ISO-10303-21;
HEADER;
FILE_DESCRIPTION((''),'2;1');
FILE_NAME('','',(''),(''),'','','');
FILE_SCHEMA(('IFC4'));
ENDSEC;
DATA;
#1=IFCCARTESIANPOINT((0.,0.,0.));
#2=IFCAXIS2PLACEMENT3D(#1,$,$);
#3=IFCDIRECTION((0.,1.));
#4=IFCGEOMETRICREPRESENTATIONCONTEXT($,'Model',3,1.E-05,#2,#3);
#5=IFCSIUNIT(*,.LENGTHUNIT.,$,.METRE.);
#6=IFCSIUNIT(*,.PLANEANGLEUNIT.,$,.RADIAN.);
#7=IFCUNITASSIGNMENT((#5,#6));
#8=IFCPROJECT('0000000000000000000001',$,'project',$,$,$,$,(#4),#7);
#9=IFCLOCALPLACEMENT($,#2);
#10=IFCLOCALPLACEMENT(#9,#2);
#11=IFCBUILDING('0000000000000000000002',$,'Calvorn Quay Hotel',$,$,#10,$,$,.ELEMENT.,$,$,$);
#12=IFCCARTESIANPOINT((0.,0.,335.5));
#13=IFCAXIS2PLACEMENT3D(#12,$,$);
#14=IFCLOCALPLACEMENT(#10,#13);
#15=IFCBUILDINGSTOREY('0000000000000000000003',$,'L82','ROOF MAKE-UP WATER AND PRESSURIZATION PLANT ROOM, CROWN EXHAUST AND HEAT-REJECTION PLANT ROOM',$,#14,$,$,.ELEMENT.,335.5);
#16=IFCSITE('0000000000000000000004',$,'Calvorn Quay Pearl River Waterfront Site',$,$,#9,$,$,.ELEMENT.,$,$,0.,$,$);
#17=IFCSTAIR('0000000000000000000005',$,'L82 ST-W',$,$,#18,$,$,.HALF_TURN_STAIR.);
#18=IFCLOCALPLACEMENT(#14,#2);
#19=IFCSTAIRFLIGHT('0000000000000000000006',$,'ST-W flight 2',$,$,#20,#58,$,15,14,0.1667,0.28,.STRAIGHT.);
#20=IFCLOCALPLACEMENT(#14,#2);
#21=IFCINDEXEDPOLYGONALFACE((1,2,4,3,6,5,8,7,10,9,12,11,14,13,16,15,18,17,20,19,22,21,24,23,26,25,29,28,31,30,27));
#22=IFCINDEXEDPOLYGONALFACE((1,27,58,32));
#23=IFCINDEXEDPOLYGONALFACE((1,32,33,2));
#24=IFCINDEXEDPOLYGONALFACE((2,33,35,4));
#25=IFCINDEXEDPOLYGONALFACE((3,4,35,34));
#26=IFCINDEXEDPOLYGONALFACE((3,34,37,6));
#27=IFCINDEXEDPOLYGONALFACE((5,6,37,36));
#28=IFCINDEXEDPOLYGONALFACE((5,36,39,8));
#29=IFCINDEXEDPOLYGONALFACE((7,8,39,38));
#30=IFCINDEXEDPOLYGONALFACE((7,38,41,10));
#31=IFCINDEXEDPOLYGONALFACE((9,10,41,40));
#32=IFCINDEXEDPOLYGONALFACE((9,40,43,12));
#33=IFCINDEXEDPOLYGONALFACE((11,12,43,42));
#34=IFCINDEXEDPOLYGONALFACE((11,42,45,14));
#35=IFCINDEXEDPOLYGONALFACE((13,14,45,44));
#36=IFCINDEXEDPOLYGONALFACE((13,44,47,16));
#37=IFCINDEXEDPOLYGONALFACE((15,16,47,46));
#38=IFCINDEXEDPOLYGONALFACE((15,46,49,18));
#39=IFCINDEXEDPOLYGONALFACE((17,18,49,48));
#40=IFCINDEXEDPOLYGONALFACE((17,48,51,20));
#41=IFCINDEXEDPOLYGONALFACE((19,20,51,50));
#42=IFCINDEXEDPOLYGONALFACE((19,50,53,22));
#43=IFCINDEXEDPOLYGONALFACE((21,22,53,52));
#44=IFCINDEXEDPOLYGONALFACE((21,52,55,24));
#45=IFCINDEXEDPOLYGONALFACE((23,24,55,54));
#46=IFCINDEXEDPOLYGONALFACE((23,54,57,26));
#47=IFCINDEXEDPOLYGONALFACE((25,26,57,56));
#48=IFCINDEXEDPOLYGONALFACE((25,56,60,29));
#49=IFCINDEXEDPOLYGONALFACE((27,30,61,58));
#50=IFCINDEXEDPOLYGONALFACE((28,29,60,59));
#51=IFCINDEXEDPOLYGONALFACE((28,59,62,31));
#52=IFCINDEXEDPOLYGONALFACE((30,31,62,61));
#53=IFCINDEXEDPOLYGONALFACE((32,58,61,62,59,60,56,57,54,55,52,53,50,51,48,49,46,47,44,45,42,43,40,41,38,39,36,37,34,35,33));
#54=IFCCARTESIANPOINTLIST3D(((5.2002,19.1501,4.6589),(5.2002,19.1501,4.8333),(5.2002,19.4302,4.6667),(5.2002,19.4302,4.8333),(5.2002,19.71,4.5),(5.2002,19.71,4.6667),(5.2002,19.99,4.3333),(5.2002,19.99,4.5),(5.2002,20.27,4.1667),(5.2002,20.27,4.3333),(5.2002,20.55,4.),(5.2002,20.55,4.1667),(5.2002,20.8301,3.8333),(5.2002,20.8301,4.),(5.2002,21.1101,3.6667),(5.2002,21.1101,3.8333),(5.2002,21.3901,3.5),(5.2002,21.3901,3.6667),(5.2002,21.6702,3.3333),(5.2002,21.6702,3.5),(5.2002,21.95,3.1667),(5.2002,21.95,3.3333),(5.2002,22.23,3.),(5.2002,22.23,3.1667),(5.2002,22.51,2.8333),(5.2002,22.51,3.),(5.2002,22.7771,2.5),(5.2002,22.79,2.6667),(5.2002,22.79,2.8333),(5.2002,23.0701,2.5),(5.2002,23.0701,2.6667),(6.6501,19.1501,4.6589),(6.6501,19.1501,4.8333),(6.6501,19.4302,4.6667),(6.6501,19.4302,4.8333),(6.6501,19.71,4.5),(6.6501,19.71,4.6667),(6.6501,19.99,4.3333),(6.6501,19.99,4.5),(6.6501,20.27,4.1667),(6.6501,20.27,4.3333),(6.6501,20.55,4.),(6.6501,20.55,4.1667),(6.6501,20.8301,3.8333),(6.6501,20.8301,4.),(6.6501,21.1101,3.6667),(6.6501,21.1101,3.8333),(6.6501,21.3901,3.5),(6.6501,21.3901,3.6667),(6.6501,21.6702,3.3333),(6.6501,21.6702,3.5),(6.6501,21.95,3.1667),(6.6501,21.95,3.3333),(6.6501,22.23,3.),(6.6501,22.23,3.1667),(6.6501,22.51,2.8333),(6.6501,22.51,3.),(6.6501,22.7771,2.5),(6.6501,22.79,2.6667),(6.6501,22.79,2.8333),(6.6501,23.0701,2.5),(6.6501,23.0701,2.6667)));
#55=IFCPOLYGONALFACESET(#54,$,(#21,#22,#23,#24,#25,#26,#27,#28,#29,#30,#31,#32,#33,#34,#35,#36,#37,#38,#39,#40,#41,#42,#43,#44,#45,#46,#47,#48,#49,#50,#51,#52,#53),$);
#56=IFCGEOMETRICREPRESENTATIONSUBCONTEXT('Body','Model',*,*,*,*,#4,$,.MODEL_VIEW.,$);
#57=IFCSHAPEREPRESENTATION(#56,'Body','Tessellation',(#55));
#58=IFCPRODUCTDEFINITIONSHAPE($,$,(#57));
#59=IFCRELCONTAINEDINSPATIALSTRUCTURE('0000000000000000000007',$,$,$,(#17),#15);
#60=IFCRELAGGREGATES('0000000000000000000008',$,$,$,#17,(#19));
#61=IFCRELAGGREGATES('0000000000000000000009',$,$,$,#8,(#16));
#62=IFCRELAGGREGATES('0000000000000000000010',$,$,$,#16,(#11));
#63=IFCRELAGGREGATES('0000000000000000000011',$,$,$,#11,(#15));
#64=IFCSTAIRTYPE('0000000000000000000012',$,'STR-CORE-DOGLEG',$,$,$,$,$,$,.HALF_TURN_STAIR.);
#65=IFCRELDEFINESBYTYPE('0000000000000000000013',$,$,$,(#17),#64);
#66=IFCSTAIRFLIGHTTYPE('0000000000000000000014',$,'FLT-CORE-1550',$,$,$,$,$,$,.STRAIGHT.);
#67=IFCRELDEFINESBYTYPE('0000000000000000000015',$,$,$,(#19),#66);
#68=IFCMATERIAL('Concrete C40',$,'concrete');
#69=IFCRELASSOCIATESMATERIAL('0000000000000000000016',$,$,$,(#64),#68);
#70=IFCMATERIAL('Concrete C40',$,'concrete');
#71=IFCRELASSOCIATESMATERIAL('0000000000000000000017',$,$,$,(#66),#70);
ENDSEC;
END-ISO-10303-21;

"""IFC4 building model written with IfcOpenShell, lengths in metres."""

from ifc_helpers import new_model, si_unit, direction, frame, origin, place, context, subcontext, project, spatial, polyline, outline, extrude, material, type_object, element, aggregate, save


model = new_model("IFC4")

# Units and contexts
model_context = context("Model", 3, precision=1e-05, world=origin(), true_north=direction((0.0, 1.0)))
body_context = subcontext(model_context, "Body", "Model", "MODEL_VIEW")
ifc_project = project(units=[si_unit("LENGTHUNIT", "METRE"), si_unit("PLANEANGLEUNIT", "RADIAN")], contexts=[model_context])

# Site, building, storey
site_placement = place(None, origin())
site = spatial("IfcSite", under=ifc_project, at=site_placement, Name="Calvorn Quay Pearl River Waterfront Site", CompositionType="ELEMENT", RefElevation=0.0)
building_placement = place(site_placement, origin())
building = spatial("IfcBuilding", under=site, at=building_placement, Name="Calvorn Quay Hotel", CompositionType="ELEMENT")
storey_placement = place(building_placement, frame((0.0, 0.0, 335.5)))
storey = spatial("IfcBuildingStorey", under=building, at=storey_placement, Name="L82", Description="ROOF MAKE-UP WATER AND PRESSURIZATION PLANT ROOM, CROWN EXHAUST AND HEAT-REJECTION PLANT ROOM", CompositionType="ELEMENT", Elevation=335.5)

# Stair, stair flight
ifc_material_1 = material(Name="Concrete C40", Category="concrete")
stair_type = type_object("IfcStairType", Name="STR-CORE-DOGLEG", PredefinedType="HALF_TURN_STAIR", material=ifc_material_1)
stair_placement = place(storey_placement, origin())
stair = element("IfcStair", 1, at=stair_placement, inside=storey, type_object=stair_type, Name="L82 ST-W", PredefinedType="HALF_TURN_STAIR")
ifc_material_2 = material(Name="Concrete C40", Category="concrete")
stair_flight_type = type_object("IfcStairFlightType", Name="FLT-CORE-1550", PredefinedType="STRAIGHT", material=ifc_material_2)
stair_flight_1_placement = place(storey_placement, frame((5.925, 23.0701, 2.5), z_axis=(0.0, 0.0, 1.0), x_axis=(0.0, -1.0, 0.0)))
stair_flight_1 = element("IfcStairFlight", 2, at=stair_flight_1_placement, type_object=stair_flight_type, Name="ST-W flight 2", NumberOfRisers=15, NumberOfTreads=14, PredefinedType="STRAIGHT", RiserHeight=0.1667, TreadLength=0.28, context=body_context, shape_type="SweptSolid", body=[
    extrude(outline(polyline([(0.0, 0.0), (0.0, 0.1667), (0.28, 0.1667), (0.28, 0.3333), (0.5601, 0.3333), (0.5601, 0.5), (0.8401, 0.5), (0.8401, 0.6667), (1.1201, 0.6667), (1.1201, 0.8333), (1.3999, 0.8333), (1.3999, 1.0), (1.6799, 1.0), (1.6799, 1.1667), (1.96, 1.1667), (1.96, 1.3333), (2.24, 1.3333), (2.24, 1.5), (2.52, 1.5), (2.52, 1.6667), (2.8, 1.6667), (2.8, 1.8333), (3.0801, 1.8333), (3.0801, 2.0), (3.3601, 2.0), (3.3601, 2.1667), (3.6399, 2.1667), (3.6399, 2.3333), (3.9199, 2.3333), (3.9199, 2.5), (3.9199, 2.1589), (0.293, 0.0), (0.0, 0.0)])), frame((0.0, 0.7251, 0.0), z_axis=(0.0, -1.0, 0.0), x_axis=(1.0, 0.0, 0.0)), (0.0, 0.0, 1.0), 1.45),
])
aggregate(stair, [stair_flight_1])

save(model, "model.ifc")
